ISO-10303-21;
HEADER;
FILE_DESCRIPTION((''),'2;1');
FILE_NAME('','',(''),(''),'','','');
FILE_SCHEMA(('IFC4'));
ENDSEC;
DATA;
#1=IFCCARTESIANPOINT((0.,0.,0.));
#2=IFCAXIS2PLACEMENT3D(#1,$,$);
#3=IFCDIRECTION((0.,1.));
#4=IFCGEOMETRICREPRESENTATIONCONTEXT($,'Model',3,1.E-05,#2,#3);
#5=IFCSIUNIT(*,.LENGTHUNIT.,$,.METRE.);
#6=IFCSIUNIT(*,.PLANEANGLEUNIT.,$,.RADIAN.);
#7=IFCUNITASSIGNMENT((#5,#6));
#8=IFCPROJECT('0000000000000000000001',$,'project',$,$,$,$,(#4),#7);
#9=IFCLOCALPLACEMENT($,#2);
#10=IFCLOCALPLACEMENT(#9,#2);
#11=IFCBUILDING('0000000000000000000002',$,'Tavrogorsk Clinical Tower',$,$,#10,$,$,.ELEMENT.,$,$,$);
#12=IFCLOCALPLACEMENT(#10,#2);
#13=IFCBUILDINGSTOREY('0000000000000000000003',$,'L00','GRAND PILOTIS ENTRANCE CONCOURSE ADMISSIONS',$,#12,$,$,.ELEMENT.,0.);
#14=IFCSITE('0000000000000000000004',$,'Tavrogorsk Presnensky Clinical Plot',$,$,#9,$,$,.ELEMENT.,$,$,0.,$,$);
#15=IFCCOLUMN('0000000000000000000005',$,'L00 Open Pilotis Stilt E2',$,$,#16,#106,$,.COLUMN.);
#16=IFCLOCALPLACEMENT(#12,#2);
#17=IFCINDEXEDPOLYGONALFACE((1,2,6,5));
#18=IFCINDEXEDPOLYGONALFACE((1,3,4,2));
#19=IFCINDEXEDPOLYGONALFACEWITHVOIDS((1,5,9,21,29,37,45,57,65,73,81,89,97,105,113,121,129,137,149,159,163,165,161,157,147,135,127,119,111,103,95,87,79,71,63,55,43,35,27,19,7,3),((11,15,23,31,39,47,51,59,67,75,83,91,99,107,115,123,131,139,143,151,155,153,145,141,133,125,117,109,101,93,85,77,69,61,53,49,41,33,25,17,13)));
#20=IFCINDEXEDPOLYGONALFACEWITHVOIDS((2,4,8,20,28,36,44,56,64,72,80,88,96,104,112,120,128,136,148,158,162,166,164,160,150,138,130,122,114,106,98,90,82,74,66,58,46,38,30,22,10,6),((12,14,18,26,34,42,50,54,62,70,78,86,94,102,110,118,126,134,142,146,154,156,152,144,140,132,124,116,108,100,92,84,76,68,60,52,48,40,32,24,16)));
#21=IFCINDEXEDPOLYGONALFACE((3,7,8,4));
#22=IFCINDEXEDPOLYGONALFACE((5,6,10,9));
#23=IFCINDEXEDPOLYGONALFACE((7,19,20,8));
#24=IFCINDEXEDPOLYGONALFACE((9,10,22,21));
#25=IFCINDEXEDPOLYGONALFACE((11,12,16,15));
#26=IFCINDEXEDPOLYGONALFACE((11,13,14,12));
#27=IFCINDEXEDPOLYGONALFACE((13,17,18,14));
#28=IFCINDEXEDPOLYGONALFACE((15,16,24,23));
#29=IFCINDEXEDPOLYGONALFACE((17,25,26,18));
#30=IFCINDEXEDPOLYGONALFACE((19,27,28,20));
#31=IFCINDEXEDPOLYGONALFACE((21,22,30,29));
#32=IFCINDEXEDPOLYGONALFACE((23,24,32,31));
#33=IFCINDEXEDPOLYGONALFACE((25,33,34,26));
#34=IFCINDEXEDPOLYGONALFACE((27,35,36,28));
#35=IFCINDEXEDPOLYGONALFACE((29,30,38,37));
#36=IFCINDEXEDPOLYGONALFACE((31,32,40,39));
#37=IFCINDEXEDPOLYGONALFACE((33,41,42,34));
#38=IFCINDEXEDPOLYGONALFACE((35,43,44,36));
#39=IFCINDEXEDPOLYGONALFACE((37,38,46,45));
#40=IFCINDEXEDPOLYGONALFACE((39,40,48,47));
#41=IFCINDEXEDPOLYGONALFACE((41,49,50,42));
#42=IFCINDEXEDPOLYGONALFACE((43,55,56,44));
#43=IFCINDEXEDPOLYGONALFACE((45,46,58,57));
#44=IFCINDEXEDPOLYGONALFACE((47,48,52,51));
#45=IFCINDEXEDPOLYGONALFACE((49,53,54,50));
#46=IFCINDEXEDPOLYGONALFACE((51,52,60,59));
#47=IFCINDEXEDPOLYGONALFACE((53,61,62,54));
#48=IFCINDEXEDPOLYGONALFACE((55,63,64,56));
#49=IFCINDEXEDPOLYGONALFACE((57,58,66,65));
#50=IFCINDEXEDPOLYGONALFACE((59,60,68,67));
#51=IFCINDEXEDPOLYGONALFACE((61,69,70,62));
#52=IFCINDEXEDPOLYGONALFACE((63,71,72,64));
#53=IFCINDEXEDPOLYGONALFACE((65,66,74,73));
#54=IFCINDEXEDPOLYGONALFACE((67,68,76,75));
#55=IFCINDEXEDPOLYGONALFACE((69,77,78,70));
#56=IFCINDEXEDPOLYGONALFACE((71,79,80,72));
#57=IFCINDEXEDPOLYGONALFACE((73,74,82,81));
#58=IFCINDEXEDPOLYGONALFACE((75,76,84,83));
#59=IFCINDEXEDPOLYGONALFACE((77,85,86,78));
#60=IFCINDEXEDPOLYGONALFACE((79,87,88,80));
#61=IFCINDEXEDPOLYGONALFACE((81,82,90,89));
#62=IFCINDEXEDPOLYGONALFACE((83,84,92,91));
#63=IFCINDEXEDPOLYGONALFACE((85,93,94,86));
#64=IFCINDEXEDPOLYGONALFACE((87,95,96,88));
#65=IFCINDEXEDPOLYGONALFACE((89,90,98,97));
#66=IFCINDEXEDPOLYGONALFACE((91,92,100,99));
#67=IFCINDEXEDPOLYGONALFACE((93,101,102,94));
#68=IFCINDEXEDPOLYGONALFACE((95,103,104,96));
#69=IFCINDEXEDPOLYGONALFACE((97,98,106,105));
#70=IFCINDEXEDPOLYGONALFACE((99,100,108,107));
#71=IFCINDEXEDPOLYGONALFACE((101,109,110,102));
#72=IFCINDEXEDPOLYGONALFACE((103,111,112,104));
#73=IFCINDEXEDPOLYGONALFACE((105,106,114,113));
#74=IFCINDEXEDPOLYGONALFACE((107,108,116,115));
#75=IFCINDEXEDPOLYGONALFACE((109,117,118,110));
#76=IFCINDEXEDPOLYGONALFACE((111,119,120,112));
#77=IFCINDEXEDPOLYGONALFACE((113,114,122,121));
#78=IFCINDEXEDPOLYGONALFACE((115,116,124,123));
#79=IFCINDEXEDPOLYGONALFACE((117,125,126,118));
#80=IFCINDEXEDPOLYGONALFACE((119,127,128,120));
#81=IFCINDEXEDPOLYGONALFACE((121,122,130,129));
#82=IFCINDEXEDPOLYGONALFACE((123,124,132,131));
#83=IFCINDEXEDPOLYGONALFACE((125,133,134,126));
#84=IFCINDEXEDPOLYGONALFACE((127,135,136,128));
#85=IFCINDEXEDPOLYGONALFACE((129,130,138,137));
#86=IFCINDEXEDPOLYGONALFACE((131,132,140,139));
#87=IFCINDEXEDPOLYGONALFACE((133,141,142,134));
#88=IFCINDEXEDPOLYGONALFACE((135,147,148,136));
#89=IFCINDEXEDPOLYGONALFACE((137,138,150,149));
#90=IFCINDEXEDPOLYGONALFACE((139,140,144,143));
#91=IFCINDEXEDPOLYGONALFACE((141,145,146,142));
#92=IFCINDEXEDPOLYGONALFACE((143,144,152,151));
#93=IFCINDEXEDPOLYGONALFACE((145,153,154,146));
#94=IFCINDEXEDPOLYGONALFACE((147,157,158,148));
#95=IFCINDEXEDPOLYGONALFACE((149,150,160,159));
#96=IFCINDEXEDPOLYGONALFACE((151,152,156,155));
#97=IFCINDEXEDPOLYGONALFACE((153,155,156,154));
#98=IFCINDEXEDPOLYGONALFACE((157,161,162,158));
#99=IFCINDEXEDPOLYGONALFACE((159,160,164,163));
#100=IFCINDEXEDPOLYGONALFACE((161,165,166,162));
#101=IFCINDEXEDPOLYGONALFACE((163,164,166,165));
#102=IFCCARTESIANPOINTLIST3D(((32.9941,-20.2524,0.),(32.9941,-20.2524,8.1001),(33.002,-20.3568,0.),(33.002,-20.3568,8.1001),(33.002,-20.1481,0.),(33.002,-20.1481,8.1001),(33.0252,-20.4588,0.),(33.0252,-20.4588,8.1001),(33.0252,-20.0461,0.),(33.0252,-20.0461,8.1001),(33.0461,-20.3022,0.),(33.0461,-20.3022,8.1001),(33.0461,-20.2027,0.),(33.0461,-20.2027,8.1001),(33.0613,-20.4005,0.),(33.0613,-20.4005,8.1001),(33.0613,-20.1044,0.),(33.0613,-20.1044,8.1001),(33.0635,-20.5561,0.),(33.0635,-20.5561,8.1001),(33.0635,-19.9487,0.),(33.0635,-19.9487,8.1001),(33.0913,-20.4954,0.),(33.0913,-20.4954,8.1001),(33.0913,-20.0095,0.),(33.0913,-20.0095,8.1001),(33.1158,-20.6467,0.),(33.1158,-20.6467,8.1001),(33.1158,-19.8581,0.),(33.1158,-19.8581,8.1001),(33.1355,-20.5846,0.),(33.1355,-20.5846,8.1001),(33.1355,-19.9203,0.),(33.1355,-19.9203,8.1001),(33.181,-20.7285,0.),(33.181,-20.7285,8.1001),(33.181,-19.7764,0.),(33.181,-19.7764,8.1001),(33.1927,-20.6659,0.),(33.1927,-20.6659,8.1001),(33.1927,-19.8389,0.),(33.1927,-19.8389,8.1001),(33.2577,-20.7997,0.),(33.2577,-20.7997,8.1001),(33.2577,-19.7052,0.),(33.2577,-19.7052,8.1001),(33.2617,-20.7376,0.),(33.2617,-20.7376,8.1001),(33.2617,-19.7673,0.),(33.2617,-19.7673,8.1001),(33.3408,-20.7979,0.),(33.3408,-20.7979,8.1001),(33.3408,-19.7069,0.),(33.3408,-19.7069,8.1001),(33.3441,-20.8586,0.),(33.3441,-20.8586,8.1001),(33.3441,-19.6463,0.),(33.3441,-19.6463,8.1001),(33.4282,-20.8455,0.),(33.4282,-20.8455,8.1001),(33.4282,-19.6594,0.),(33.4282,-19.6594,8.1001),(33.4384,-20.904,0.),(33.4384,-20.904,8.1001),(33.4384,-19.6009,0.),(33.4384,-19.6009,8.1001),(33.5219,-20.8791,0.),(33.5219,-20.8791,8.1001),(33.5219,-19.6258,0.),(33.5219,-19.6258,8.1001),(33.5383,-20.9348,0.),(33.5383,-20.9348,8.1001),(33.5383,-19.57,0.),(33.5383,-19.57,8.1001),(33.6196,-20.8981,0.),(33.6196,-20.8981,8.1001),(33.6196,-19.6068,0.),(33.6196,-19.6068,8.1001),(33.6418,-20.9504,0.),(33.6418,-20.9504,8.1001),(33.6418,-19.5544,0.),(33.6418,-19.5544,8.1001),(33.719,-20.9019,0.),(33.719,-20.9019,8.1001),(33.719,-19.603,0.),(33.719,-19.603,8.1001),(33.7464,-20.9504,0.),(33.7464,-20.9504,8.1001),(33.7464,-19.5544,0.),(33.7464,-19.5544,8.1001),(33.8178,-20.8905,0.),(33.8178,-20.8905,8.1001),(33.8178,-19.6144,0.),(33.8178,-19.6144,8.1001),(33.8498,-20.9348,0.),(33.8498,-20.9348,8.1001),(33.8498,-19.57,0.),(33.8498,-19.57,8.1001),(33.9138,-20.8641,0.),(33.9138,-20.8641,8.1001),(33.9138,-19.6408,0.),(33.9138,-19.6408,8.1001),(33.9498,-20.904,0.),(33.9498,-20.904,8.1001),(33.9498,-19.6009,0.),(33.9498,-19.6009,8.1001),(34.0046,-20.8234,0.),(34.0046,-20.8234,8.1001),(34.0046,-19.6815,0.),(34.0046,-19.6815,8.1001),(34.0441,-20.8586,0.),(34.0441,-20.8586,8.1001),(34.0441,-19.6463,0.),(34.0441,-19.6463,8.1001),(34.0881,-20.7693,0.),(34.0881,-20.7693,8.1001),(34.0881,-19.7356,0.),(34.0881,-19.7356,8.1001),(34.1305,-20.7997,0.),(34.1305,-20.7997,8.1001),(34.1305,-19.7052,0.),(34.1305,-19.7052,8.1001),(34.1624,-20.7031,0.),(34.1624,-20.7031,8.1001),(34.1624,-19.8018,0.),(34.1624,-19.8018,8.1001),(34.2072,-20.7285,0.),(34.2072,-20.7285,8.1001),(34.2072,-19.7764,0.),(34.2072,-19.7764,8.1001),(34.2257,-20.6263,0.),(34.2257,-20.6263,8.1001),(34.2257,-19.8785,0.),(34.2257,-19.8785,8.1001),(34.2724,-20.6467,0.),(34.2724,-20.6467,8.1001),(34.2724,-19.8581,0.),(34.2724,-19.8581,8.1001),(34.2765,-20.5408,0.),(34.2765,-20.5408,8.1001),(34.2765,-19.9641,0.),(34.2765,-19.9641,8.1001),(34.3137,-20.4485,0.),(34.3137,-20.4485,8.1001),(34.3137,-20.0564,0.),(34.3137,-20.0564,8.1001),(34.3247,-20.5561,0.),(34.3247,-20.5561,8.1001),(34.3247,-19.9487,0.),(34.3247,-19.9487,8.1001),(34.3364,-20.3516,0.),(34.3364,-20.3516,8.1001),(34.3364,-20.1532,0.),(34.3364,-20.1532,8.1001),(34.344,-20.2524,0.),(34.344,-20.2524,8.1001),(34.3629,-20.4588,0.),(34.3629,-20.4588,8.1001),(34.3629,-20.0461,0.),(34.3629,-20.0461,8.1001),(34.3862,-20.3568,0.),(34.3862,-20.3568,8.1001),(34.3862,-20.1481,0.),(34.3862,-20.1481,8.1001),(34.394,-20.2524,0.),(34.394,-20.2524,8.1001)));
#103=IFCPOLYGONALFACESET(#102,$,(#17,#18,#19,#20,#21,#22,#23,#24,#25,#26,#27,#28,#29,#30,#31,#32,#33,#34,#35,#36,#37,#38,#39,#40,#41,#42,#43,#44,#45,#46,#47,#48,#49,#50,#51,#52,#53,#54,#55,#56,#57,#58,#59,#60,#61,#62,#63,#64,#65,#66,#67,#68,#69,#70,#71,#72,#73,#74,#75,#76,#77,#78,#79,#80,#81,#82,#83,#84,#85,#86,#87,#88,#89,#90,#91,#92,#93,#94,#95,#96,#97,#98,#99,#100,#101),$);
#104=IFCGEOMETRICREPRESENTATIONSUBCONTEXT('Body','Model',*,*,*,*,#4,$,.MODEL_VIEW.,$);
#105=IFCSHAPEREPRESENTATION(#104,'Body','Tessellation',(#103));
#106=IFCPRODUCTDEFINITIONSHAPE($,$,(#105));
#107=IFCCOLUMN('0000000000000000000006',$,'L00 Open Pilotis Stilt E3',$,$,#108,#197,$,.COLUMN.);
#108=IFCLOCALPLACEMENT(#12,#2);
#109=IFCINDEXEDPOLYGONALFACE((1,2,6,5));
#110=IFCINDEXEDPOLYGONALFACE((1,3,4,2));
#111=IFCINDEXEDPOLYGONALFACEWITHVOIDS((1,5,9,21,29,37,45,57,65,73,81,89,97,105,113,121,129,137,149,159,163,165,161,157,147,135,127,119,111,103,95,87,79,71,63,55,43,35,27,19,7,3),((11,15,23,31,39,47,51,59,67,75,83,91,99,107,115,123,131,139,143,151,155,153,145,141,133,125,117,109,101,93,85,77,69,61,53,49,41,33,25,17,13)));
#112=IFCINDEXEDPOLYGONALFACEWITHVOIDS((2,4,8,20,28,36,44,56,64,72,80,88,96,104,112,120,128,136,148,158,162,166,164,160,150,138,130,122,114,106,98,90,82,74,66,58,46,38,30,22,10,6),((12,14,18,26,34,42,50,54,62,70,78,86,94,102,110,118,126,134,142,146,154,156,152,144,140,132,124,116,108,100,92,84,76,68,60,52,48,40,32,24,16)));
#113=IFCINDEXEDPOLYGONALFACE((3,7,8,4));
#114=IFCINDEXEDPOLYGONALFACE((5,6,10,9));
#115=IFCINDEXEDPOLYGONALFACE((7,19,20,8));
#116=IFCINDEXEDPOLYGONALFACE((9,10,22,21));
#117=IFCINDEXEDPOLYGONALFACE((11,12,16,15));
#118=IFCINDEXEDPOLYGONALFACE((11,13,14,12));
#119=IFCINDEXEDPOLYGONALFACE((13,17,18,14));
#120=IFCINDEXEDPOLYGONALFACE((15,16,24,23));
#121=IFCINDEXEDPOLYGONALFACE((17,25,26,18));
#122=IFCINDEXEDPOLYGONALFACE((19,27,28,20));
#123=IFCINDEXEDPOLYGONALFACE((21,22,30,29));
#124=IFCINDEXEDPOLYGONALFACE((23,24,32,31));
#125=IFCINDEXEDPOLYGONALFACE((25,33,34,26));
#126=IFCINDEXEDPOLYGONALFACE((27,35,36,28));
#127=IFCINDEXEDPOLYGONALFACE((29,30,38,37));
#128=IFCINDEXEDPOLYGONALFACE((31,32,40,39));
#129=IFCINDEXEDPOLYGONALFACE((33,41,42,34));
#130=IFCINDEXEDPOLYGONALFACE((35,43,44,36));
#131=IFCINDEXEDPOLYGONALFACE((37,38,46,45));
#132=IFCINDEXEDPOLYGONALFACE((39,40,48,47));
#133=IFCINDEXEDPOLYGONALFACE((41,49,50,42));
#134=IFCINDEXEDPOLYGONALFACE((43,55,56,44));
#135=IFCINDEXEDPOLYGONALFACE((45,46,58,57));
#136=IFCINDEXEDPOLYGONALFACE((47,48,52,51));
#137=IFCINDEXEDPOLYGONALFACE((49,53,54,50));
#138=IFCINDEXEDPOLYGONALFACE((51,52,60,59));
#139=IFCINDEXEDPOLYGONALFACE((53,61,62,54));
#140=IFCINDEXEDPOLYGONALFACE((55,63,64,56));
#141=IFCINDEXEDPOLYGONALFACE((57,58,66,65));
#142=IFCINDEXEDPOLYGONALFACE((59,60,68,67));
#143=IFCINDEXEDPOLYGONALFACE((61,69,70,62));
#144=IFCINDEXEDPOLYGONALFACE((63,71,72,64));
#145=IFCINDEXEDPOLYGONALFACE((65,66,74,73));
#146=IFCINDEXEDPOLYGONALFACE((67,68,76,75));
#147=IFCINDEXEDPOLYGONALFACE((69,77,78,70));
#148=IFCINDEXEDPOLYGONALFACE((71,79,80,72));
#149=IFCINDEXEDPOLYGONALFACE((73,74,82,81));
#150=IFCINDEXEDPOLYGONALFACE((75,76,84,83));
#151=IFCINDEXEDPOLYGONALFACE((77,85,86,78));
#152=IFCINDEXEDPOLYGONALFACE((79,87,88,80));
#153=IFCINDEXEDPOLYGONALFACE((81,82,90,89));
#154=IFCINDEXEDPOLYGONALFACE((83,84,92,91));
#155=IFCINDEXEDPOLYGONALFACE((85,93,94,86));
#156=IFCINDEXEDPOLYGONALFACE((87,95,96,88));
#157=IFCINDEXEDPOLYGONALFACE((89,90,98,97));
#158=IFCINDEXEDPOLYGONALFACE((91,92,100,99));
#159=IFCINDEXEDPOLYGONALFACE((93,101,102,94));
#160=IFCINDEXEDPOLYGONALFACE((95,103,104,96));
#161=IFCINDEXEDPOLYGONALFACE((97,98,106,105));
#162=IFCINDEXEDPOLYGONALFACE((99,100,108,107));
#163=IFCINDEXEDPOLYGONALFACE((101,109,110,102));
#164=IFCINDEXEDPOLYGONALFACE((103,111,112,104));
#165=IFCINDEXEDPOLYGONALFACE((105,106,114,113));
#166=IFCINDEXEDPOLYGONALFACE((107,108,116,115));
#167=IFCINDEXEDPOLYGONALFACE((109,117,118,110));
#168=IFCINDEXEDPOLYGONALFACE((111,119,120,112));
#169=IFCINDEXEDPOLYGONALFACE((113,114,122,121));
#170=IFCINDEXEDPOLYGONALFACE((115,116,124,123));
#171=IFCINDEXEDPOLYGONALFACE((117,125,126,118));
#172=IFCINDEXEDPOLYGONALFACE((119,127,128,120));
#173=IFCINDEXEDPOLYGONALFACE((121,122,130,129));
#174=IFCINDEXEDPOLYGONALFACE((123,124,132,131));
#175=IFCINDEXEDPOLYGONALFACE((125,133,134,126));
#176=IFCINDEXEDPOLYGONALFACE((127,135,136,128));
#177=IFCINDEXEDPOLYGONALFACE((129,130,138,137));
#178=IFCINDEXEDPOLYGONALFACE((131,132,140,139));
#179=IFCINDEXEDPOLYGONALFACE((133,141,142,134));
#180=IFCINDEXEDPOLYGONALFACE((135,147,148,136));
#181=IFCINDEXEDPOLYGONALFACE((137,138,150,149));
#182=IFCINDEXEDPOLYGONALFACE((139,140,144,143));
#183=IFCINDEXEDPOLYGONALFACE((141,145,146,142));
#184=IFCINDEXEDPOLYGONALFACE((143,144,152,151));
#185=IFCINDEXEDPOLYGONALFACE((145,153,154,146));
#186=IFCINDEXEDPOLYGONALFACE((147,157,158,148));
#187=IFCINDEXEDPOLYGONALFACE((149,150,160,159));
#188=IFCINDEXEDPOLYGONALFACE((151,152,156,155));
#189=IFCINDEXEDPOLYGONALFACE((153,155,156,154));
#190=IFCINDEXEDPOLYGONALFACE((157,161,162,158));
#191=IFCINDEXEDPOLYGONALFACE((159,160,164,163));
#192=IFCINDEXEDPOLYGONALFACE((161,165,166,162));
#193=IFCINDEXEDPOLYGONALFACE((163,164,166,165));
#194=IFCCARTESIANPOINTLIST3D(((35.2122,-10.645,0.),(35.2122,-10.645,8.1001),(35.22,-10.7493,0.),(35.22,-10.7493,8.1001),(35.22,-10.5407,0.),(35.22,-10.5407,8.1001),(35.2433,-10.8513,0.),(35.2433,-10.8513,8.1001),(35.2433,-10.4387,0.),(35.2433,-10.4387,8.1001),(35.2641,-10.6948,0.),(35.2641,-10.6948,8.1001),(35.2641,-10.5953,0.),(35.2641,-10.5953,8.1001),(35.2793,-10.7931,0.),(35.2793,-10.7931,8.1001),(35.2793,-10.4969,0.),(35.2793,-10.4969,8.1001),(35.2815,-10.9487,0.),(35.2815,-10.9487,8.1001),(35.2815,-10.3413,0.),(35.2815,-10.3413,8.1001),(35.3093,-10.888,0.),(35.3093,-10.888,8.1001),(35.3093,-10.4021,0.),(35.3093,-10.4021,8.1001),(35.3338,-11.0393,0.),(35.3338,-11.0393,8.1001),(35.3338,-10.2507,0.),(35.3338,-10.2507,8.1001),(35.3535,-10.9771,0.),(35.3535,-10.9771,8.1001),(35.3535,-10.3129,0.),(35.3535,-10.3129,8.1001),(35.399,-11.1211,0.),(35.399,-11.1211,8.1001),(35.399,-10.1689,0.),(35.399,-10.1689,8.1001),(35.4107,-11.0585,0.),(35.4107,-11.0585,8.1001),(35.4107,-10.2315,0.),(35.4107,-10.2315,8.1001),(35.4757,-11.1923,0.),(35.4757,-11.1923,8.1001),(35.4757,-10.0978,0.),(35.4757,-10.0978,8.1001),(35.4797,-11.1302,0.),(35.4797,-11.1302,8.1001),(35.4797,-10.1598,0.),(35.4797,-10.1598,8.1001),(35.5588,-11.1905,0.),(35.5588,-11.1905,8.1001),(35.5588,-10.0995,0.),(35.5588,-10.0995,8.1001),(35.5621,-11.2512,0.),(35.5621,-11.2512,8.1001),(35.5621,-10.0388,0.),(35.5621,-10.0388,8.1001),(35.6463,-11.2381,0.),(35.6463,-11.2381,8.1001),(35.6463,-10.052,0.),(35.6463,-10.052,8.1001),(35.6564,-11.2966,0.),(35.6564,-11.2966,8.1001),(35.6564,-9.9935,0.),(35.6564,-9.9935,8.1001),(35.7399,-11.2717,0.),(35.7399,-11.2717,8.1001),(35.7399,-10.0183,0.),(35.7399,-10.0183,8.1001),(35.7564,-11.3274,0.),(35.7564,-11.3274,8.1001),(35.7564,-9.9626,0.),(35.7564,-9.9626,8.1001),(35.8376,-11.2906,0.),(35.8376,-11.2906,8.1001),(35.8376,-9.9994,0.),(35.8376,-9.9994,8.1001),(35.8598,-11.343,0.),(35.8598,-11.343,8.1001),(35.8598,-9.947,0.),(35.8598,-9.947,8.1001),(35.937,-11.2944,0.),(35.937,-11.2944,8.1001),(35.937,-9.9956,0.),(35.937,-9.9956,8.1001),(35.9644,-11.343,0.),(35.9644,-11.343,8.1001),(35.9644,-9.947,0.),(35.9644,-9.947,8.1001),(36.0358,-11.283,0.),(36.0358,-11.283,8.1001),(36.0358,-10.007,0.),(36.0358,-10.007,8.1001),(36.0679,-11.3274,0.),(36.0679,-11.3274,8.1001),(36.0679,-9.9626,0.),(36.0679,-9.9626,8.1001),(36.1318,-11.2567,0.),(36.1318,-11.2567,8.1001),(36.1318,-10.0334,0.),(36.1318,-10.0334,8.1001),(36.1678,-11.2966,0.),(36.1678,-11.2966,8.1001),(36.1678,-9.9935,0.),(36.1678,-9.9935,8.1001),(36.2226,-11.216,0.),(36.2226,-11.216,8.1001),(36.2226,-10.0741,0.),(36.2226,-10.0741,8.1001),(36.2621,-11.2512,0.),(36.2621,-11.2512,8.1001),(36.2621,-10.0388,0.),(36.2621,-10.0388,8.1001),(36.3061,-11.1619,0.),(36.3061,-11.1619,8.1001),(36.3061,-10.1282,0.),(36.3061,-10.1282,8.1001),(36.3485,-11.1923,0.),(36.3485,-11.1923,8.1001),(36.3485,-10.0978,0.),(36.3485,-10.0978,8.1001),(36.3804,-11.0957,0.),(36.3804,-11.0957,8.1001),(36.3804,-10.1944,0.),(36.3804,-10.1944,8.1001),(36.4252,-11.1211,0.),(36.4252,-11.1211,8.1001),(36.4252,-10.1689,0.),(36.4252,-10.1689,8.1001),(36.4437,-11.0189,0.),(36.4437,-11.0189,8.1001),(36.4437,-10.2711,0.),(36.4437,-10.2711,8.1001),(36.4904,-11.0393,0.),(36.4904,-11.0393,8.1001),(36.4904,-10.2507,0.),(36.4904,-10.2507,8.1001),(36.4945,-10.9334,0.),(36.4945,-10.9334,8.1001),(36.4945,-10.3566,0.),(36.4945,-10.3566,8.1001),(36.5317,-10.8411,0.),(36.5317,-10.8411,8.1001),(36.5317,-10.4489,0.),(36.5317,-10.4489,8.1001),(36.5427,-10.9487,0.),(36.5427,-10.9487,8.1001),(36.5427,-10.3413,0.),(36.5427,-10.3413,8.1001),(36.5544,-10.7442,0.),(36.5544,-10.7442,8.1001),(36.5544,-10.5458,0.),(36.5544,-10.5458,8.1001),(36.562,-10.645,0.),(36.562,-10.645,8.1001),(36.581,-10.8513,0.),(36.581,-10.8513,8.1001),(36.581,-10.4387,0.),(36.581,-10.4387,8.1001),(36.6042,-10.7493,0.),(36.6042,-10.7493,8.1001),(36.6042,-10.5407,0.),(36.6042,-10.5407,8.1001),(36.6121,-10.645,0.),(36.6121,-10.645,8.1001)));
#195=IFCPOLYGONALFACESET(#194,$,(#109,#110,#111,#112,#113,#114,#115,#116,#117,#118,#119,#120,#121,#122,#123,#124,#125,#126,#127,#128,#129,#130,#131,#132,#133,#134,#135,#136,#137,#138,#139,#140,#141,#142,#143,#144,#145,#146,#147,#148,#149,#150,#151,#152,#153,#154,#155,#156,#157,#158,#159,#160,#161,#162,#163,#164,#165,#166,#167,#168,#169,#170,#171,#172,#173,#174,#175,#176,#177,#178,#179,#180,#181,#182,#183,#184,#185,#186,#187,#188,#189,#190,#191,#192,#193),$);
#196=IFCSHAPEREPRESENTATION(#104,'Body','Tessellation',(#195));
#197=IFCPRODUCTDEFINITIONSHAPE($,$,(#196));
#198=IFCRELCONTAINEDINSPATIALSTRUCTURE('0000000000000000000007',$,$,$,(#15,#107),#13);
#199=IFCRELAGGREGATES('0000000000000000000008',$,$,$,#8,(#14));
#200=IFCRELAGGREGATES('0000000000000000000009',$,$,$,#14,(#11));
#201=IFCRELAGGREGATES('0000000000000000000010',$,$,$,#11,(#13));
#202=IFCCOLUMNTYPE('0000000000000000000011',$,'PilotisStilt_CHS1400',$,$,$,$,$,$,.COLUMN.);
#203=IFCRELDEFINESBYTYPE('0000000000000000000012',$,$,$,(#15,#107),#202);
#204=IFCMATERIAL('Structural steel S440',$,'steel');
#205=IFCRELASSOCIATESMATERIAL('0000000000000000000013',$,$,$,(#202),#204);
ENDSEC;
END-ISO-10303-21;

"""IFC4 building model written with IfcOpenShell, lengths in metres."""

from ifc_helpers import new_model, si_unit, direction, frame, origin, origin_2d, place, context, subcontext, project, spatial, hollow_circle, extrude, material, material_profile, profile_set, type_object, element, save


model = new_model("IFC4")

# Units and contexts
model_context = context("Model", 3, precision=1e-05, world=origin(), true_north=direction((0.0, 1.0)))
body_context = subcontext(model_context, "Body", "Model", "MODEL_VIEW")
ifc_project = project(units=[si_unit("LENGTHUNIT", "METRE"), si_unit("PLANEANGLEUNIT", "RADIAN")], contexts=[model_context])

# Site, building, storey
site_placement = place(None, origin())
site = spatial("IfcSite", under=ifc_project, at=site_placement, Name="Tavrogorsk Presnensky Clinical Plot", CompositionType="ELEMENT", RefElevation=0.0)
building_placement = place(site_placement, origin())
building = spatial("IfcBuilding", under=site, at=building_placement, Name="Tavrogorsk Clinical Tower", CompositionType="ELEMENT")
storey_placement = place(building_placement, origin())
storey = spatial("IfcBuildingStorey", under=building, at=storey_placement, Name="L00", Description="GRAND PILOTIS ENTRANCE CONCOURSE ADMISSIONS", CompositionType="ELEMENT", Elevation=0.0)

# Columns
ifc_material_1 = material(Name="Structural steel S440", Category="steel")
ifc_material_profile_1 = material_profile(ifc_material_1, hollow_circle(Radius=0.7, WallThickness=0.05, at=origin_2d()), Name="CHS-1400x50")
ifc_profile_set_1 = profile_set([ifc_material_profile_1], Name="Structural steel S440")
column_type_1 = type_object("IfcColumnType", Name="PilotisStilt_CHS1400", PredefinedType="COLUMN", material=ifc_profile_set_1)
for number, where, z_axis, x_axis, name in (
    (1, (33.6941, -20.2524, 0.0), (0.0, 0.0, 1.0), (1.0, 0.0, 0.0), "L00 Open Pilotis Stilt E2"),
    (2, (35.9121, -10.645, 0.0), (0.0, 0.0, 1.0), (1.0, 0.0, 0.0), "L00 Open Pilotis Stilt E3"),
):
    element("IfcColumn", number, at=place(storey_placement, frame(where, z_axis=z_axis, x_axis=x_axis)), inside=storey, type_object=column_type_1, Name=name, PredefinedType="COLUMN", context=body_context, shape_type="SweptSolid", body=[
        extrude(hollow_circle(Radius=0.7, WallThickness=0.05, at=origin_2d()), origin(), (0.0, 0.0, 1.0), 8.1001),
    ])

save(model, "model.ifc")
